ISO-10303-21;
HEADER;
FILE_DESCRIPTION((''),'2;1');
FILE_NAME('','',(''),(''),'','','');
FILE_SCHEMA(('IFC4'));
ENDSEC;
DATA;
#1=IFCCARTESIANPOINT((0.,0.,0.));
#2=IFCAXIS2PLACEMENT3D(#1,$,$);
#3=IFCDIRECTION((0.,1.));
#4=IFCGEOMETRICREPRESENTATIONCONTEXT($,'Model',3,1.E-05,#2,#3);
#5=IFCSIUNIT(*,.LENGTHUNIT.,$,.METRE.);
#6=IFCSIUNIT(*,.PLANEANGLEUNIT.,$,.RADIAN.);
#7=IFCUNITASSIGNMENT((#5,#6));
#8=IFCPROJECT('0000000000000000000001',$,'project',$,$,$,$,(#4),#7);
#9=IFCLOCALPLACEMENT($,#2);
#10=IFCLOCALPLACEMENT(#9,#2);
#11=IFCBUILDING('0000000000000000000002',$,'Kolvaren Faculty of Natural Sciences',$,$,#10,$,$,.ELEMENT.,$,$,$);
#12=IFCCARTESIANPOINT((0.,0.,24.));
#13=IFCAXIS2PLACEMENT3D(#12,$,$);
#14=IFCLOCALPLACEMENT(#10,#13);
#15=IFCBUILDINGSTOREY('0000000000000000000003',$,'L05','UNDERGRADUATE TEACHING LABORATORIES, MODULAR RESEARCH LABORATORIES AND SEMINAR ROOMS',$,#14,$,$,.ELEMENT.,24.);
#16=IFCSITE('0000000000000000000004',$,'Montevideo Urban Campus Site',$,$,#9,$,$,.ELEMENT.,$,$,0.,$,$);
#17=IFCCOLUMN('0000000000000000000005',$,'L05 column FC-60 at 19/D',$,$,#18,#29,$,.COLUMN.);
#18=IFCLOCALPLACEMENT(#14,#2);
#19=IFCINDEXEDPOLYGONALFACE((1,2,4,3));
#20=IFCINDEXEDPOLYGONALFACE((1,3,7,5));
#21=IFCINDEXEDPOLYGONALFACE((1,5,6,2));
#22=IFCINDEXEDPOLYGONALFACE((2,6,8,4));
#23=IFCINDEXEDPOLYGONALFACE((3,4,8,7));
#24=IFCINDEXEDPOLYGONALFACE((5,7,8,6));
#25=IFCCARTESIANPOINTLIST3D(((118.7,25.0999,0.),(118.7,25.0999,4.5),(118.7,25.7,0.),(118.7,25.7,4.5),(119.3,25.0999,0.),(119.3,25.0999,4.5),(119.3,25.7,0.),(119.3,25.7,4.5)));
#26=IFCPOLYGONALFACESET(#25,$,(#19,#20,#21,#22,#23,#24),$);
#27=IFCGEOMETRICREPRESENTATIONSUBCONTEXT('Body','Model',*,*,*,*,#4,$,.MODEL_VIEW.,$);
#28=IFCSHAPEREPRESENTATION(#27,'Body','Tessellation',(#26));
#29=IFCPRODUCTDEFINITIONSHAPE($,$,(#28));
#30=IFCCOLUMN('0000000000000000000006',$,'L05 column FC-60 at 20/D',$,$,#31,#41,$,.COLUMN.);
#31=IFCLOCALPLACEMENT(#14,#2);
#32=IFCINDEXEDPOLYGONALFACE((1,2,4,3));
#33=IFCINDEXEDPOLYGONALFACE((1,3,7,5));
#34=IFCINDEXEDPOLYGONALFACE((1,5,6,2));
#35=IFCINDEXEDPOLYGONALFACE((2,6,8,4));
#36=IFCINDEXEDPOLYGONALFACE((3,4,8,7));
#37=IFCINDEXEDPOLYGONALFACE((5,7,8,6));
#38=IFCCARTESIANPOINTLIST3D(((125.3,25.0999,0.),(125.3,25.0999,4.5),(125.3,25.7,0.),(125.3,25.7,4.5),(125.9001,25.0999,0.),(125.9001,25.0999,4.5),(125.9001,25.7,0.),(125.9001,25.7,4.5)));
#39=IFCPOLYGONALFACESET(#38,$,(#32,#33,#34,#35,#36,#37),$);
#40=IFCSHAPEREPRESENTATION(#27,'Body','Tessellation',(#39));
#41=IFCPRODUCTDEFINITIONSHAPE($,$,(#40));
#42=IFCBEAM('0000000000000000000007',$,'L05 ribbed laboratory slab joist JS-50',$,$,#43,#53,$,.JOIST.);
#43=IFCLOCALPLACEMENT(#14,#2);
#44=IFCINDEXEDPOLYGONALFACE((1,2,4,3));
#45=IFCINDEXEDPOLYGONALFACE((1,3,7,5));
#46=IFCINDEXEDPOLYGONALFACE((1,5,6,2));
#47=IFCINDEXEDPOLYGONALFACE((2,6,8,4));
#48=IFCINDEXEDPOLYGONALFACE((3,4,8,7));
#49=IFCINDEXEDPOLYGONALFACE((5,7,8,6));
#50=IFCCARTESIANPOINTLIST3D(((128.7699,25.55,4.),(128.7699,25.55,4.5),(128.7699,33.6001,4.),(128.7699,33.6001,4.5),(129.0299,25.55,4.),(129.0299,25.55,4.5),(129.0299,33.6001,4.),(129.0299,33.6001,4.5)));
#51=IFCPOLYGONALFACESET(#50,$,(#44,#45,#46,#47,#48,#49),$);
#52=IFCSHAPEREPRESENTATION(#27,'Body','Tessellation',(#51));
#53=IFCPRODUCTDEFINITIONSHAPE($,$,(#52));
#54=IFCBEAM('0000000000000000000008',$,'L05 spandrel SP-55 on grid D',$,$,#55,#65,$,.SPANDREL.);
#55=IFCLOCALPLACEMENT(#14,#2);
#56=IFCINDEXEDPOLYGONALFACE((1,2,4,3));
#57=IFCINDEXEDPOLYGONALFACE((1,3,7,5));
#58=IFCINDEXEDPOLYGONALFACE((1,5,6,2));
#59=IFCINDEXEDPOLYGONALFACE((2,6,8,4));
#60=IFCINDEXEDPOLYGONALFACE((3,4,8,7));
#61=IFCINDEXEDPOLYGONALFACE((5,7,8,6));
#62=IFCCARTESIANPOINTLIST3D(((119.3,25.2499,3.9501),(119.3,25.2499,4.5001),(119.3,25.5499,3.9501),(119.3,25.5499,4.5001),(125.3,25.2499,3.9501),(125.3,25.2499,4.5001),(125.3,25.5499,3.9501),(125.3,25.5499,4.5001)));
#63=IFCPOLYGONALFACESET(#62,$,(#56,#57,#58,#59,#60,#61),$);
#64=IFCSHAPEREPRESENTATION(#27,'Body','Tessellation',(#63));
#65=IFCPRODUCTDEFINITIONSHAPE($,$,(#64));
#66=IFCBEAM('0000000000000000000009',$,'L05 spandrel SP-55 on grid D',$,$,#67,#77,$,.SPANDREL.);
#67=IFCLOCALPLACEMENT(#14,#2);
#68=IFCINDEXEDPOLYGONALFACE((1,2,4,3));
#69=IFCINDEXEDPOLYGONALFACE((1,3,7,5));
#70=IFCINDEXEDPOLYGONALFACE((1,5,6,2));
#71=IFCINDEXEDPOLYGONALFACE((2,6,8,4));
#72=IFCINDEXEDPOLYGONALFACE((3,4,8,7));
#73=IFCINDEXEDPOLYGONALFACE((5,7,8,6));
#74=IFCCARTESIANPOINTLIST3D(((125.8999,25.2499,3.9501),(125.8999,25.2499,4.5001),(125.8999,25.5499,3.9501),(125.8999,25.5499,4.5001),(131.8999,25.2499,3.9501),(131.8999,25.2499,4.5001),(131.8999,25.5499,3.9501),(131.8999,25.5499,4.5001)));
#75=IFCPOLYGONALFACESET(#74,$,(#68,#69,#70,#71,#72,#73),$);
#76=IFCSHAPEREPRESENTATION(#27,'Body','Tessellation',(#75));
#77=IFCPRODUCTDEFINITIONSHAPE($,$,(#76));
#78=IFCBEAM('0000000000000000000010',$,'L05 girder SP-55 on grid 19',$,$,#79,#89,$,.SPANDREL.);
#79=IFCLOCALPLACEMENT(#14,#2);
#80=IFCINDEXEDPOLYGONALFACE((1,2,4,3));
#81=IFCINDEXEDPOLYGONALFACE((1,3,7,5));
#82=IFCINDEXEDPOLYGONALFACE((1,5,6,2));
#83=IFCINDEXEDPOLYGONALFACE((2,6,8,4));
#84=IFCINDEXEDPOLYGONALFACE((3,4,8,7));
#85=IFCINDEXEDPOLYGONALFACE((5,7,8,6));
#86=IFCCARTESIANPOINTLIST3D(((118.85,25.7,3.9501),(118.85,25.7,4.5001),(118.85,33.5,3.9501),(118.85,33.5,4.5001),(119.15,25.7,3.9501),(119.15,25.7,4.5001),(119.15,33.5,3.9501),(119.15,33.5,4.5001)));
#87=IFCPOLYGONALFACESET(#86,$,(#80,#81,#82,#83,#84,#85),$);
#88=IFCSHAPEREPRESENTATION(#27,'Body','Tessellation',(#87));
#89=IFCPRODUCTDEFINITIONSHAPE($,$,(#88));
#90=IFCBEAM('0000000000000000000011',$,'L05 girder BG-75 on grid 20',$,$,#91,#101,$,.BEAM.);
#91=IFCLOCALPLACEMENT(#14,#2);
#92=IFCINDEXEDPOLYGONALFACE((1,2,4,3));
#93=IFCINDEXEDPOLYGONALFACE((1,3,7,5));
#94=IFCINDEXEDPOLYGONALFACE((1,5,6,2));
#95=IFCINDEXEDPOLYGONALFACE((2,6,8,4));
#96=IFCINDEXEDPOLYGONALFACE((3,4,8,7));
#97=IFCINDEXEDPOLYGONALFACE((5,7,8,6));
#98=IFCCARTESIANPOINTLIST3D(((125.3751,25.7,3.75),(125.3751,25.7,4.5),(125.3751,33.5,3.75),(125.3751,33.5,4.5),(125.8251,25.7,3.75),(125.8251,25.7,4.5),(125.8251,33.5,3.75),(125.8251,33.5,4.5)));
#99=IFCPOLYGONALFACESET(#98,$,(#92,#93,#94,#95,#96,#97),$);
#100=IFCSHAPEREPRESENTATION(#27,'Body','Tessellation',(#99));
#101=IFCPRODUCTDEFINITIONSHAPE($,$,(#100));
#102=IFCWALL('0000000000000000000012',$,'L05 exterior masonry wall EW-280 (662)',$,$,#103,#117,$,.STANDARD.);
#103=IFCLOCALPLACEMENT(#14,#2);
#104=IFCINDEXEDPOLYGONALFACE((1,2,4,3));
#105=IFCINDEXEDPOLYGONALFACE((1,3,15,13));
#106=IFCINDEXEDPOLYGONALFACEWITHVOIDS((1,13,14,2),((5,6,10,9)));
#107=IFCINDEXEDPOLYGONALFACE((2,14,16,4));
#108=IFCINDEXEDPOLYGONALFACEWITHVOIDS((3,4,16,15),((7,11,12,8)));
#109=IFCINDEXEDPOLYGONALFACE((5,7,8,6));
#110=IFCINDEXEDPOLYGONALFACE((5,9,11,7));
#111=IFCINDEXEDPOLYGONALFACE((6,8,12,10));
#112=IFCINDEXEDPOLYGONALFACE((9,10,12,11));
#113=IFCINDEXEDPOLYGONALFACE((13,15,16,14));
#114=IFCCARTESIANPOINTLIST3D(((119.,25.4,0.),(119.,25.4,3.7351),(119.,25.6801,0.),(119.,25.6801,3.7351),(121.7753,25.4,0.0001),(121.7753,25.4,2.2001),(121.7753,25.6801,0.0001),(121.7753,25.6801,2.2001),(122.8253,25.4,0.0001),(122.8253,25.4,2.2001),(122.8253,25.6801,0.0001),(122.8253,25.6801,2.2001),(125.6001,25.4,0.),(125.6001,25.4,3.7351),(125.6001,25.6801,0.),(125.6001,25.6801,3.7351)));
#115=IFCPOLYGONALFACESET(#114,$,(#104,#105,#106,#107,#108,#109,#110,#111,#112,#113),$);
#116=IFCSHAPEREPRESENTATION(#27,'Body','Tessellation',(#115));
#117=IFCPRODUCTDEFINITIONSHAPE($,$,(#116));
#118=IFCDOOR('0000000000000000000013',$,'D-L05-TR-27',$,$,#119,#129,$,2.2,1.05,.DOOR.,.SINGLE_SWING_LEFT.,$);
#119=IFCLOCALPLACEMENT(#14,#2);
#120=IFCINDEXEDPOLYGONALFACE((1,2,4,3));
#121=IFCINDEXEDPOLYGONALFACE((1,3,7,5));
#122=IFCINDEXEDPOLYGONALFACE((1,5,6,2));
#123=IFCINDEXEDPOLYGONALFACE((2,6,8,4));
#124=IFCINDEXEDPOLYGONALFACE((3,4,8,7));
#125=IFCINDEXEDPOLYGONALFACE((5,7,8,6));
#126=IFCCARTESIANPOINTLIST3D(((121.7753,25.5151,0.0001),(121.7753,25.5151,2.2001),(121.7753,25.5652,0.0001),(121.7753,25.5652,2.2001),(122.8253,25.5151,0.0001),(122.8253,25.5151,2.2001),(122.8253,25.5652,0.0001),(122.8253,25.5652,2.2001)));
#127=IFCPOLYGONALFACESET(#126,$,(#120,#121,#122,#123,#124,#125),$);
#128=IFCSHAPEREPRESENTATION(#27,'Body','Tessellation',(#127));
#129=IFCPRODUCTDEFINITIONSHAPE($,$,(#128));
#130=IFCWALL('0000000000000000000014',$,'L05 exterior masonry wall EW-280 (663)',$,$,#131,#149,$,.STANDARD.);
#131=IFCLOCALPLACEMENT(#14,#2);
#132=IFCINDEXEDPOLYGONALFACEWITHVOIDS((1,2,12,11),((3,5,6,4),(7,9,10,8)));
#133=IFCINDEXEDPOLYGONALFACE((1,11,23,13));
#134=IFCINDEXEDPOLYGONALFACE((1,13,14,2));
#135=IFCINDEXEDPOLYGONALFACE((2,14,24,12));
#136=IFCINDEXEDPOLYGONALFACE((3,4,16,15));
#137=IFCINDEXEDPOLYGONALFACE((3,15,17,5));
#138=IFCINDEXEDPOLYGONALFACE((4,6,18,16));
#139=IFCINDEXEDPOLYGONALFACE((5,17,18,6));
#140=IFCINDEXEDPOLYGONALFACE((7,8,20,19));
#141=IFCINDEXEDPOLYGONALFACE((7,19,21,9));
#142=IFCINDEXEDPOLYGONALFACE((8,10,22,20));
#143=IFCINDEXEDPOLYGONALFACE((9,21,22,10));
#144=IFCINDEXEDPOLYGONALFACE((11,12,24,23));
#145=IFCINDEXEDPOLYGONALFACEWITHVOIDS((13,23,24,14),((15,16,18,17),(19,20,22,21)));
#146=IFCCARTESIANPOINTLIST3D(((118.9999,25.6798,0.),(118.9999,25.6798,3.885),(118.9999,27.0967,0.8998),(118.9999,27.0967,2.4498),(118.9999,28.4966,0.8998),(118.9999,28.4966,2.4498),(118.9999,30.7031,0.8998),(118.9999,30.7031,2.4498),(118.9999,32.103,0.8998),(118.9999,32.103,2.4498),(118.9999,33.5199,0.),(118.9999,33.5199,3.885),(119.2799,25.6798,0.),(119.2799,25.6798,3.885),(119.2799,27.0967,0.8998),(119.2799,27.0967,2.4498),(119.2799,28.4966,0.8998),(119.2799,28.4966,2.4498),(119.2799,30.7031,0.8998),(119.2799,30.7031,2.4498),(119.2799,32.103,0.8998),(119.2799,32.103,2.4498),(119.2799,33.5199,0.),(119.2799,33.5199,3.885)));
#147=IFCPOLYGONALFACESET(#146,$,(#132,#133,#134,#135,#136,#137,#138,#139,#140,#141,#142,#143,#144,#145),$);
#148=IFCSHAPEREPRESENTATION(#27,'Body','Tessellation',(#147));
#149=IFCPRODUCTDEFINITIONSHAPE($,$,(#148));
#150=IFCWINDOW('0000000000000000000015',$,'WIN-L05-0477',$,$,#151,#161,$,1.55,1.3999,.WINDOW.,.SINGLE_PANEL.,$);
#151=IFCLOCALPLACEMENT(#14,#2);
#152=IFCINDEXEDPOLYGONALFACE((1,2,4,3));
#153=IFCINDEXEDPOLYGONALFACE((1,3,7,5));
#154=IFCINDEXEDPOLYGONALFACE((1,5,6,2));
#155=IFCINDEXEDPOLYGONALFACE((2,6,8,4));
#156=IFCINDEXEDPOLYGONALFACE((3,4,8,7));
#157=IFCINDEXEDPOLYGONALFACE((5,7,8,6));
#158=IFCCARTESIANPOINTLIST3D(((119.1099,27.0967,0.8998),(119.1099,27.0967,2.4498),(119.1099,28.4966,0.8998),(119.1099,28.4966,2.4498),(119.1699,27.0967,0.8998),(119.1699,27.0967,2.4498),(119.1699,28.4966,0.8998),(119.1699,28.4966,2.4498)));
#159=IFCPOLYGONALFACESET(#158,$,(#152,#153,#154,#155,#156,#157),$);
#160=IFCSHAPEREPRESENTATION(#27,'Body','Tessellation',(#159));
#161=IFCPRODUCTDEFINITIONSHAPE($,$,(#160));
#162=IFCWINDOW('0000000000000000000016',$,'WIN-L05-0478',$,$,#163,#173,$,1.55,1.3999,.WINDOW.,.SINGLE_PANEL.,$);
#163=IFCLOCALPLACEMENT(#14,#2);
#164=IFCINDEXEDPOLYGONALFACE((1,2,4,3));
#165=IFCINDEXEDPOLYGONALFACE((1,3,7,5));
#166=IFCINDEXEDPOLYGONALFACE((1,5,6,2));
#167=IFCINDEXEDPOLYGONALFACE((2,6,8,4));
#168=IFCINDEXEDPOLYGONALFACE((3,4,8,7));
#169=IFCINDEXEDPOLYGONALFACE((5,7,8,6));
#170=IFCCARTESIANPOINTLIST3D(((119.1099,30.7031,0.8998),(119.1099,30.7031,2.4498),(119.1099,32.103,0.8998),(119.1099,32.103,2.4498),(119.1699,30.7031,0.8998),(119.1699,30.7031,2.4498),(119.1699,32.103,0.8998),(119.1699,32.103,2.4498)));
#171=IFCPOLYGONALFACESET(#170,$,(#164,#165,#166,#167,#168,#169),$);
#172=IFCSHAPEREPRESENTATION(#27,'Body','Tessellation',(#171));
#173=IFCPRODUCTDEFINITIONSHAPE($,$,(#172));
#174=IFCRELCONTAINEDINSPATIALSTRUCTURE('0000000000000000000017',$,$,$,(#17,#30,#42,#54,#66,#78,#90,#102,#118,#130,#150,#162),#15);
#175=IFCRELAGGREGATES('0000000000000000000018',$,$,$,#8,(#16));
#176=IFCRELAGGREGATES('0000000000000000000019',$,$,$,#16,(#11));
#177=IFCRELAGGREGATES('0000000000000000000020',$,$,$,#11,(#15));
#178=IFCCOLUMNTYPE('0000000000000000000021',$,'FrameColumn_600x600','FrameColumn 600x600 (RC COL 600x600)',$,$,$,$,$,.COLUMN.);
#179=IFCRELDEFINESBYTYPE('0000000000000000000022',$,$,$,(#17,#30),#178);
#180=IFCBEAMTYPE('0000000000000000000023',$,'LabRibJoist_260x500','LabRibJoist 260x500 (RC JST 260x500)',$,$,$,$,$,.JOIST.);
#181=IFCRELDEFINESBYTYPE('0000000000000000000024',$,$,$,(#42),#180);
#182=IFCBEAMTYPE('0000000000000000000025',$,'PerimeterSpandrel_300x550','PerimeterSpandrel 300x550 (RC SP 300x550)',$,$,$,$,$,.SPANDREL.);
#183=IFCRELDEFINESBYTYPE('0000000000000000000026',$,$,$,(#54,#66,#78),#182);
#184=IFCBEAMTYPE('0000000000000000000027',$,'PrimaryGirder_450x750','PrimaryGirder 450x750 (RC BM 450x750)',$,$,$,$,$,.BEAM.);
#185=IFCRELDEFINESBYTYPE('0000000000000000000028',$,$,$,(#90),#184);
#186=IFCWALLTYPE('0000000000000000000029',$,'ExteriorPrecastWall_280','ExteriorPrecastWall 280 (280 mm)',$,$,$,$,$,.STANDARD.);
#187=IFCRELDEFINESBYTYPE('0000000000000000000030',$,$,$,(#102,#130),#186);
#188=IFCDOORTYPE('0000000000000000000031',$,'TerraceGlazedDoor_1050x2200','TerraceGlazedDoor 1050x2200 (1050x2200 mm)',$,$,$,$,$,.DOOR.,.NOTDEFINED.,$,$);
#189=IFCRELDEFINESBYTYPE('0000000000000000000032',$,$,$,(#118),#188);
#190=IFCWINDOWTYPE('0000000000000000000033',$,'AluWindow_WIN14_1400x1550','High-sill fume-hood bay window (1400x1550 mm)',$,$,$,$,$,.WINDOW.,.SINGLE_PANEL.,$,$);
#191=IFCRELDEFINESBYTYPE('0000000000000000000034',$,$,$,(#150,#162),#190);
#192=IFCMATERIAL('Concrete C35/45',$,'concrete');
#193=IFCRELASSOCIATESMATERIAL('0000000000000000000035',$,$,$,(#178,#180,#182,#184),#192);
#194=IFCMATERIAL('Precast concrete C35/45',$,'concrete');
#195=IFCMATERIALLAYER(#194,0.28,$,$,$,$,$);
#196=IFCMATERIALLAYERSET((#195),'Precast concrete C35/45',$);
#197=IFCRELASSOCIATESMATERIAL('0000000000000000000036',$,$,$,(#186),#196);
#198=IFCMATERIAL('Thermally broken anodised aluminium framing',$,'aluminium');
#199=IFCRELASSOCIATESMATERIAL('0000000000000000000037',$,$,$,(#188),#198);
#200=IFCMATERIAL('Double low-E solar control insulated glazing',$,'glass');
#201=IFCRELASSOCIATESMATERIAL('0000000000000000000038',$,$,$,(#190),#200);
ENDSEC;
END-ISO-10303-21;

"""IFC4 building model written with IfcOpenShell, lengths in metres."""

from ifc_helpers import new_model, si_unit, direction, frame, frame_2d, origin, origin_2d, place, context, subcontext, project, spatial, rectangle, extrude, material, layer, layer_set, material_profile, profile_set, type_object, element, fill, save


model = new_model("IFC4")

# Units and contexts
model_context = context("Model", 3, precision=1e-05, world=origin(), true_north=direction((0.0, 1.0)))
body_context = subcontext(model_context, "Body", "Model", "MODEL_VIEW")
ifc_project = project(units=[si_unit("LENGTHUNIT", "METRE"), si_unit("PLANEANGLEUNIT", "RADIAN")], contexts=[model_context])

# Site, building, storey
site_placement = place(None, origin())
site = spatial("IfcSite", under=ifc_project, at=site_placement, Name="Montevideo Urban Campus Site", CompositionType="ELEMENT", RefElevation=0.0)
building_placement = place(site_placement, origin())
building = spatial("IfcBuilding", under=site, at=building_placement, Name="Kolvaren Faculty of Natural Sciences", CompositionType="ELEMENT")
storey_placement = place(building_placement, frame((0.0, 0.0, 24.0)))
storey = spatial("IfcBuildingStorey", under=building, at=storey_placement, Name="L05", Description="UNDERGRADUATE TEACHING LABORATORIES, MODULAR RESEARCH LABORATORIES AND SEMINAR ROOMS", CompositionType="ELEMENT", Elevation=24.0)

# Columns
ifc_material_1 = material(Name="Concrete C35/45", Category="concrete")
ifc_material_profile_1 = material_profile(ifc_material_1, rectangle(XDim=0.6001, YDim=0.6001, at=origin_2d()), Name="RC COL 600x600")
ifc_profile_set_1 = profile_set([ifc_material_profile_1], Name="Concrete C35/45")
column_type = type_object("IfcColumnType", Name="FrameColumn_600x600", Description="FrameColumn 600x600 (RC COL 600x600)", PredefinedType="COLUMN", material=ifc_profile_set_1)
for number, where, z_axis, x_axis, name in (
    (1, (119.0, 25.3999, 0.0), (0.0, 0.0, 1.0), (1.0, 0.0, 0.0), "L05 column FC-60 at 19/D"),
    (2, (125.6001, 25.3999, 0.0), (0.0, 0.0, 1.0), (1.0, 0.0, 0.0), "L05 column FC-60 at 20/D"),
):
    element("IfcColumn", number, at=place(storey_placement, frame(where, z_axis=z_axis, x_axis=x_axis)), inside=storey, type_object=column_type, Name=name, PredefinedType="COLUMN", context=body_context, shape_type="SweptSolid", body=[
        extrude(rectangle(XDim=0.6001, YDim=0.6001, at=origin_2d()), origin(), (0.0, 0.0, 1.0), 4.5),
    ])

# Beams
ifc_material_profile_2 = material_profile(ifc_material_1, rectangle(XDim=0.26, YDim=0.5, at=origin_2d()), Name="RC JST 260x500")
ifc_profile_set_2 = profile_set([ifc_material_profile_2], Name="Concrete C35/45")
beam_type_1 = type_object("IfcBeamType", Name="LabRibJoist_260x500", Description="LabRibJoist 260x500 (RC JST 260x500)", PredefinedType="JOIST", material=ifc_profile_set_2)
beam_1_placement = place(storey_placement, frame((128.8999, 25.55, 4.25), z_axis=(0.0, 1.0, 0.0), x_axis=(-1.0, 0.0, 0.0)))
element("IfcBeam", 3, at=beam_1_placement, inside=storey, type_object=beam_type_1, Name="L05 ribbed laboratory slab joist JS-50", PredefinedType="JOIST", context=body_context, shape_type="SweptSolid", body=[
    extrude(rectangle(XDim=0.26, YDim=0.5, at=origin_2d()), origin(), (0.0, 0.0, 1.0), 8.05),
])
ifc_material_profile_3 = material_profile(ifc_material_1, rectangle(XDim=0.3, YDim=0.55, at=origin_2d()), Name="RC SP 300x550")
ifc_profile_set_3 = profile_set([ifc_material_profile_3], Name="Concrete C35/45")
beam_type_2 = type_object("IfcBeamType", Name="PerimeterSpandrel_300x550", Description="PerimeterSpandrel 300x550 (RC SP 300x550)", PredefinedType="SPANDREL", material=ifc_profile_set_3)
for number, where, z_axis, x_axis, name in (
    (4, (119.3, 25.3999, 4.2251), (1.0, 0.0, 0.0), (0.0, 1.0, 0.0), "L05 spandrel SP-55 on grid D"),
    (5, (125.8999, 25.3999, 4.2251), (1.0, 0.0, 0.0), (0.0, 1.0, 0.0), "L05 spandrel SP-55 on grid D"),
):
    element("IfcBeam", number, at=place(storey_placement, frame(where, z_axis=z_axis, x_axis=x_axis)), inside=storey, type_object=beam_type_2, Name=name, PredefinedType="SPANDREL", context=body_context, shape_type="SweptSolid", body=[
        extrude(rectangle(XDim=0.3, YDim=0.55, at=origin_2d()), origin(), (0.0, 0.0, 1.0), 6.0),
    ])
beam_2_placement = place(storey_placement, frame((119.0, 25.7, 4.2251), z_axis=(0.0, 1.0, 0.0), x_axis=(-1.0, 0.0, 0.0)))
element("IfcBeam", 6, at=beam_2_placement, inside=storey, type_object=beam_type_2, Name="L05 girder SP-55 on grid 19", PredefinedType="SPANDREL", context=body_context, shape_type="SweptSolid", body=[
    extrude(rectangle(XDim=0.3, YDim=0.55, at=origin_2d()), origin(), (0.0, 0.0, 1.0), 7.8),
])
ifc_material_profile_4 = material_profile(ifc_material_1, rectangle(XDim=0.45, YDim=0.75, at=origin_2d()), Name="RC BM 450x750")
ifc_profile_set_4 = profile_set([ifc_material_profile_4], Name="Concrete C35/45")
beam_type_3 = type_object("IfcBeamType", Name="PrimaryGirder_450x750", Description="PrimaryGirder 450x750 (RC BM 450x750)", PredefinedType="BEAM", material=ifc_profile_set_4)
beam_3_placement = place(storey_placement, frame((125.6001, 25.7, 4.125), z_axis=(0.0, 1.0, 0.0), x_axis=(-1.0, 0.0, 0.0)))
element("IfcBeam", 7, at=beam_3_placement, inside=storey, type_object=beam_type_3, Name="L05 girder BG-75 on grid 20", PredefinedType="BEAM", context=body_context, shape_type="SweptSolid", body=[
    extrude(rectangle(XDim=0.45, YDim=0.75, at=origin_2d()), origin(), (0.0, 0.0, 1.0), 7.8),
])

# Wall, opening, door
ifc_material_2 = material(Name="Precast concrete C35/45", Category="concrete")
ifc_layer_1 = layer(ifc_material_2, 0.28)
ifc_layer_set_1 = layer_set([ifc_layer_1], Name="Precast concrete C35/45")
wall_type_1 = type_object("IfcWallType", Name="ExteriorPrecastWall_280", Description="ExteriorPrecastWall 280 (280 mm)", PredefinedType="STANDARD", material=ifc_layer_set_1)
wall_1_placement = place(storey_placement, frame((125.6001, 25.54, 0.0), z_axis=(0.0, 0.0, 1.0), x_axis=(-1.0, 0.0, 0.0)))
wall_1 = element("IfcWall", 8, at=wall_1_placement, inside=storey, type_object=wall_type_1, Name="L05 exterior masonry wall EW-280 (662)", PredefinedType="STANDARD", context=body_context, shape_type="SweptSolid", body=[
    extrude(rectangle(XDim=6.6001, YDim=0.28, at=frame_2d((3.3, 0.0))), origin(), (0.0, 0.0, 1.0), 3.7351),
])
opening_1_placement = place(wall_1_placement, frame((2.7749, 0.0, 0.0)))
opening_1 = element("IfcOpeningElement", 9, at=opening_1_placement, cuts=wall_1, PredefinedType="OPENING", context=body_context, shape_type="SweptSolid", body=[
    extrude(rectangle(XDim=1.05, YDim=2.2, at=frame_2d((0.5249, 1.1001))), frame((0.0, 0.1499, 0.0), z_axis=(0.0, -1.0, 0.0), x_axis=(1.0, 0.0, 0.0)), (0.0, 0.0, 1.0), 0.3),
])
ifc_material_3 = material(Name="Thermally broken anodised aluminium framing", Category="aluminium")
door_type = type_object("IfcDoorType", Name="TerraceGlazedDoor_1050x2200", Description="TerraceGlazedDoor 1050x2200 (1050x2200 mm)", OperationType="NOTDEFINED", PredefinedType="DOOR", material=ifc_material_3)
door_placement = place(opening_1_placement, origin())
door = element("IfcDoor", 10, at=door_placement, inside=storey, type_object=door_type, Name="D-L05-TR-27", OperationType="SINGLE_SWING_LEFT", OverallHeight=2.2, OverallWidth=1.05, PredefinedType="DOOR", context=body_context, shape_type="SweptSolid", body=[
    extrude(rectangle(XDim=1.05, YDim=2.2, at=frame_2d((0.5249, 1.1001))), frame((0.0, 0.0249, 0.0), z_axis=(0.0, -1.0, 0.0), x_axis=(1.0, 0.0, 0.0)), (0.0, 0.0, 1.0), 0.05),
])
fill(opening_1, door)

# Wall, openings, windows
wall_2_placement = place(storey_placement, frame((119.1399, 25.6799, 0.0), z_axis=(0.0, 0.0, 1.0), x_axis=(0.0, 1.0, 0.0)))
wall_2 = element("IfcWall", 11, at=wall_2_placement, inside=storey, type_object=wall_type_1, Name="L05 exterior masonry wall EW-280 (663)", PredefinedType="STANDARD", context=body_context, shape_type="SweptSolid", body=[
    extrude(rectangle(XDim=7.8401, YDim=0.28, at=frame_2d((3.9199, 0.0))), origin(), (0.0, 0.0, 1.0), 3.885),
])
opening_2_placement = place(wall_2_placement, frame((1.4167, 0.0, 0.8999)))
opening_2 = element("IfcOpeningElement", 12, at=opening_2_placement, cuts=wall_2, PredefinedType="OPENING", context=body_context, shape_type="SweptSolid", body=[
    extrude(rectangle(XDim=1.3999, YDim=1.55, at=frame_2d((0.7, 0.7749))), frame((0.0, 0.1499, 0.0), z_axis=(0.0, -1.0, 0.0), x_axis=(1.0, 0.0, 0.0)), (0.0, 0.0, 1.0), 0.3),
])
opening_3_placement = place(wall_2_placement, frame((5.0232, 0.0, 0.8999)))
opening_3 = element("IfcOpeningElement", 13, at=opening_3_placement, cuts=wall_2, PredefinedType="OPENING", context=body_context, shape_type="SweptSolid", body=[
    extrude(rectangle(XDim=1.3999, YDim=1.55, at=frame_2d((0.7, 0.7749))), frame((0.0, 0.1499, 0.0), z_axis=(0.0, -1.0, 0.0), x_axis=(1.0, 0.0, 0.0)), (0.0, 0.0, 1.0), 0.3),
])
ifc_material_4 = material(Name="Double low-E solar control insulated glazing", Category="glass")
window_type = type_object("IfcWindowType", Name="AluWindow_WIN14_1400x1550", Description="High-sill fume-hood bay window (1400x1550 mm)", PartitioningType="SINGLE_PANEL", PredefinedType="WINDOW", material=ifc_material_4)
window_1_placement = place(opening_2_placement, origin())
window_1 = element("IfcWindow", 14, at=window_1_placement, inside=storey, type_object=window_type, Name="WIN-L05-0477", OverallHeight=1.55, OverallWidth=1.3999, PartitioningType="SINGLE_PANEL", PredefinedType="WINDOW", context=body_context, shape_type="SweptSolid", body=[
    extrude(rectangle(XDim=1.3999, YDim=1.55, at=frame_2d((0.7, 0.7749))), frame((0.0, 0.03, 0.0), z_axis=(0.0, -1.0, 0.0), x_axis=(1.0, 0.0, 0.0)), (0.0, 0.0, 1.0), 0.0601),
])
fill(opening_2, window_1)
window_2_placement = place(opening_3_placement, origin())
window_2 = element("IfcWindow", 15, at=window_2_placement, inside=storey, type_object=window_type, Name="WIN-L05-0478", OverallHeight=1.55, OverallWidth=1.3999, PartitioningType="SINGLE_PANEL", PredefinedType="WINDOW", context=body_context, shape_type="SweptSolid", body=[
    extrude(rectangle(XDim=1.3999, YDim=1.55, at=frame_2d((0.7, 0.7749))), frame((0.0, 0.03, 0.0), z_axis=(0.0, -1.0, 0.0), x_axis=(1.0, 0.0, 0.0)), (0.0, 0.0, 1.0), 0.0601),
])
fill(opening_3, window_2)

save(model, "model.ifc")
